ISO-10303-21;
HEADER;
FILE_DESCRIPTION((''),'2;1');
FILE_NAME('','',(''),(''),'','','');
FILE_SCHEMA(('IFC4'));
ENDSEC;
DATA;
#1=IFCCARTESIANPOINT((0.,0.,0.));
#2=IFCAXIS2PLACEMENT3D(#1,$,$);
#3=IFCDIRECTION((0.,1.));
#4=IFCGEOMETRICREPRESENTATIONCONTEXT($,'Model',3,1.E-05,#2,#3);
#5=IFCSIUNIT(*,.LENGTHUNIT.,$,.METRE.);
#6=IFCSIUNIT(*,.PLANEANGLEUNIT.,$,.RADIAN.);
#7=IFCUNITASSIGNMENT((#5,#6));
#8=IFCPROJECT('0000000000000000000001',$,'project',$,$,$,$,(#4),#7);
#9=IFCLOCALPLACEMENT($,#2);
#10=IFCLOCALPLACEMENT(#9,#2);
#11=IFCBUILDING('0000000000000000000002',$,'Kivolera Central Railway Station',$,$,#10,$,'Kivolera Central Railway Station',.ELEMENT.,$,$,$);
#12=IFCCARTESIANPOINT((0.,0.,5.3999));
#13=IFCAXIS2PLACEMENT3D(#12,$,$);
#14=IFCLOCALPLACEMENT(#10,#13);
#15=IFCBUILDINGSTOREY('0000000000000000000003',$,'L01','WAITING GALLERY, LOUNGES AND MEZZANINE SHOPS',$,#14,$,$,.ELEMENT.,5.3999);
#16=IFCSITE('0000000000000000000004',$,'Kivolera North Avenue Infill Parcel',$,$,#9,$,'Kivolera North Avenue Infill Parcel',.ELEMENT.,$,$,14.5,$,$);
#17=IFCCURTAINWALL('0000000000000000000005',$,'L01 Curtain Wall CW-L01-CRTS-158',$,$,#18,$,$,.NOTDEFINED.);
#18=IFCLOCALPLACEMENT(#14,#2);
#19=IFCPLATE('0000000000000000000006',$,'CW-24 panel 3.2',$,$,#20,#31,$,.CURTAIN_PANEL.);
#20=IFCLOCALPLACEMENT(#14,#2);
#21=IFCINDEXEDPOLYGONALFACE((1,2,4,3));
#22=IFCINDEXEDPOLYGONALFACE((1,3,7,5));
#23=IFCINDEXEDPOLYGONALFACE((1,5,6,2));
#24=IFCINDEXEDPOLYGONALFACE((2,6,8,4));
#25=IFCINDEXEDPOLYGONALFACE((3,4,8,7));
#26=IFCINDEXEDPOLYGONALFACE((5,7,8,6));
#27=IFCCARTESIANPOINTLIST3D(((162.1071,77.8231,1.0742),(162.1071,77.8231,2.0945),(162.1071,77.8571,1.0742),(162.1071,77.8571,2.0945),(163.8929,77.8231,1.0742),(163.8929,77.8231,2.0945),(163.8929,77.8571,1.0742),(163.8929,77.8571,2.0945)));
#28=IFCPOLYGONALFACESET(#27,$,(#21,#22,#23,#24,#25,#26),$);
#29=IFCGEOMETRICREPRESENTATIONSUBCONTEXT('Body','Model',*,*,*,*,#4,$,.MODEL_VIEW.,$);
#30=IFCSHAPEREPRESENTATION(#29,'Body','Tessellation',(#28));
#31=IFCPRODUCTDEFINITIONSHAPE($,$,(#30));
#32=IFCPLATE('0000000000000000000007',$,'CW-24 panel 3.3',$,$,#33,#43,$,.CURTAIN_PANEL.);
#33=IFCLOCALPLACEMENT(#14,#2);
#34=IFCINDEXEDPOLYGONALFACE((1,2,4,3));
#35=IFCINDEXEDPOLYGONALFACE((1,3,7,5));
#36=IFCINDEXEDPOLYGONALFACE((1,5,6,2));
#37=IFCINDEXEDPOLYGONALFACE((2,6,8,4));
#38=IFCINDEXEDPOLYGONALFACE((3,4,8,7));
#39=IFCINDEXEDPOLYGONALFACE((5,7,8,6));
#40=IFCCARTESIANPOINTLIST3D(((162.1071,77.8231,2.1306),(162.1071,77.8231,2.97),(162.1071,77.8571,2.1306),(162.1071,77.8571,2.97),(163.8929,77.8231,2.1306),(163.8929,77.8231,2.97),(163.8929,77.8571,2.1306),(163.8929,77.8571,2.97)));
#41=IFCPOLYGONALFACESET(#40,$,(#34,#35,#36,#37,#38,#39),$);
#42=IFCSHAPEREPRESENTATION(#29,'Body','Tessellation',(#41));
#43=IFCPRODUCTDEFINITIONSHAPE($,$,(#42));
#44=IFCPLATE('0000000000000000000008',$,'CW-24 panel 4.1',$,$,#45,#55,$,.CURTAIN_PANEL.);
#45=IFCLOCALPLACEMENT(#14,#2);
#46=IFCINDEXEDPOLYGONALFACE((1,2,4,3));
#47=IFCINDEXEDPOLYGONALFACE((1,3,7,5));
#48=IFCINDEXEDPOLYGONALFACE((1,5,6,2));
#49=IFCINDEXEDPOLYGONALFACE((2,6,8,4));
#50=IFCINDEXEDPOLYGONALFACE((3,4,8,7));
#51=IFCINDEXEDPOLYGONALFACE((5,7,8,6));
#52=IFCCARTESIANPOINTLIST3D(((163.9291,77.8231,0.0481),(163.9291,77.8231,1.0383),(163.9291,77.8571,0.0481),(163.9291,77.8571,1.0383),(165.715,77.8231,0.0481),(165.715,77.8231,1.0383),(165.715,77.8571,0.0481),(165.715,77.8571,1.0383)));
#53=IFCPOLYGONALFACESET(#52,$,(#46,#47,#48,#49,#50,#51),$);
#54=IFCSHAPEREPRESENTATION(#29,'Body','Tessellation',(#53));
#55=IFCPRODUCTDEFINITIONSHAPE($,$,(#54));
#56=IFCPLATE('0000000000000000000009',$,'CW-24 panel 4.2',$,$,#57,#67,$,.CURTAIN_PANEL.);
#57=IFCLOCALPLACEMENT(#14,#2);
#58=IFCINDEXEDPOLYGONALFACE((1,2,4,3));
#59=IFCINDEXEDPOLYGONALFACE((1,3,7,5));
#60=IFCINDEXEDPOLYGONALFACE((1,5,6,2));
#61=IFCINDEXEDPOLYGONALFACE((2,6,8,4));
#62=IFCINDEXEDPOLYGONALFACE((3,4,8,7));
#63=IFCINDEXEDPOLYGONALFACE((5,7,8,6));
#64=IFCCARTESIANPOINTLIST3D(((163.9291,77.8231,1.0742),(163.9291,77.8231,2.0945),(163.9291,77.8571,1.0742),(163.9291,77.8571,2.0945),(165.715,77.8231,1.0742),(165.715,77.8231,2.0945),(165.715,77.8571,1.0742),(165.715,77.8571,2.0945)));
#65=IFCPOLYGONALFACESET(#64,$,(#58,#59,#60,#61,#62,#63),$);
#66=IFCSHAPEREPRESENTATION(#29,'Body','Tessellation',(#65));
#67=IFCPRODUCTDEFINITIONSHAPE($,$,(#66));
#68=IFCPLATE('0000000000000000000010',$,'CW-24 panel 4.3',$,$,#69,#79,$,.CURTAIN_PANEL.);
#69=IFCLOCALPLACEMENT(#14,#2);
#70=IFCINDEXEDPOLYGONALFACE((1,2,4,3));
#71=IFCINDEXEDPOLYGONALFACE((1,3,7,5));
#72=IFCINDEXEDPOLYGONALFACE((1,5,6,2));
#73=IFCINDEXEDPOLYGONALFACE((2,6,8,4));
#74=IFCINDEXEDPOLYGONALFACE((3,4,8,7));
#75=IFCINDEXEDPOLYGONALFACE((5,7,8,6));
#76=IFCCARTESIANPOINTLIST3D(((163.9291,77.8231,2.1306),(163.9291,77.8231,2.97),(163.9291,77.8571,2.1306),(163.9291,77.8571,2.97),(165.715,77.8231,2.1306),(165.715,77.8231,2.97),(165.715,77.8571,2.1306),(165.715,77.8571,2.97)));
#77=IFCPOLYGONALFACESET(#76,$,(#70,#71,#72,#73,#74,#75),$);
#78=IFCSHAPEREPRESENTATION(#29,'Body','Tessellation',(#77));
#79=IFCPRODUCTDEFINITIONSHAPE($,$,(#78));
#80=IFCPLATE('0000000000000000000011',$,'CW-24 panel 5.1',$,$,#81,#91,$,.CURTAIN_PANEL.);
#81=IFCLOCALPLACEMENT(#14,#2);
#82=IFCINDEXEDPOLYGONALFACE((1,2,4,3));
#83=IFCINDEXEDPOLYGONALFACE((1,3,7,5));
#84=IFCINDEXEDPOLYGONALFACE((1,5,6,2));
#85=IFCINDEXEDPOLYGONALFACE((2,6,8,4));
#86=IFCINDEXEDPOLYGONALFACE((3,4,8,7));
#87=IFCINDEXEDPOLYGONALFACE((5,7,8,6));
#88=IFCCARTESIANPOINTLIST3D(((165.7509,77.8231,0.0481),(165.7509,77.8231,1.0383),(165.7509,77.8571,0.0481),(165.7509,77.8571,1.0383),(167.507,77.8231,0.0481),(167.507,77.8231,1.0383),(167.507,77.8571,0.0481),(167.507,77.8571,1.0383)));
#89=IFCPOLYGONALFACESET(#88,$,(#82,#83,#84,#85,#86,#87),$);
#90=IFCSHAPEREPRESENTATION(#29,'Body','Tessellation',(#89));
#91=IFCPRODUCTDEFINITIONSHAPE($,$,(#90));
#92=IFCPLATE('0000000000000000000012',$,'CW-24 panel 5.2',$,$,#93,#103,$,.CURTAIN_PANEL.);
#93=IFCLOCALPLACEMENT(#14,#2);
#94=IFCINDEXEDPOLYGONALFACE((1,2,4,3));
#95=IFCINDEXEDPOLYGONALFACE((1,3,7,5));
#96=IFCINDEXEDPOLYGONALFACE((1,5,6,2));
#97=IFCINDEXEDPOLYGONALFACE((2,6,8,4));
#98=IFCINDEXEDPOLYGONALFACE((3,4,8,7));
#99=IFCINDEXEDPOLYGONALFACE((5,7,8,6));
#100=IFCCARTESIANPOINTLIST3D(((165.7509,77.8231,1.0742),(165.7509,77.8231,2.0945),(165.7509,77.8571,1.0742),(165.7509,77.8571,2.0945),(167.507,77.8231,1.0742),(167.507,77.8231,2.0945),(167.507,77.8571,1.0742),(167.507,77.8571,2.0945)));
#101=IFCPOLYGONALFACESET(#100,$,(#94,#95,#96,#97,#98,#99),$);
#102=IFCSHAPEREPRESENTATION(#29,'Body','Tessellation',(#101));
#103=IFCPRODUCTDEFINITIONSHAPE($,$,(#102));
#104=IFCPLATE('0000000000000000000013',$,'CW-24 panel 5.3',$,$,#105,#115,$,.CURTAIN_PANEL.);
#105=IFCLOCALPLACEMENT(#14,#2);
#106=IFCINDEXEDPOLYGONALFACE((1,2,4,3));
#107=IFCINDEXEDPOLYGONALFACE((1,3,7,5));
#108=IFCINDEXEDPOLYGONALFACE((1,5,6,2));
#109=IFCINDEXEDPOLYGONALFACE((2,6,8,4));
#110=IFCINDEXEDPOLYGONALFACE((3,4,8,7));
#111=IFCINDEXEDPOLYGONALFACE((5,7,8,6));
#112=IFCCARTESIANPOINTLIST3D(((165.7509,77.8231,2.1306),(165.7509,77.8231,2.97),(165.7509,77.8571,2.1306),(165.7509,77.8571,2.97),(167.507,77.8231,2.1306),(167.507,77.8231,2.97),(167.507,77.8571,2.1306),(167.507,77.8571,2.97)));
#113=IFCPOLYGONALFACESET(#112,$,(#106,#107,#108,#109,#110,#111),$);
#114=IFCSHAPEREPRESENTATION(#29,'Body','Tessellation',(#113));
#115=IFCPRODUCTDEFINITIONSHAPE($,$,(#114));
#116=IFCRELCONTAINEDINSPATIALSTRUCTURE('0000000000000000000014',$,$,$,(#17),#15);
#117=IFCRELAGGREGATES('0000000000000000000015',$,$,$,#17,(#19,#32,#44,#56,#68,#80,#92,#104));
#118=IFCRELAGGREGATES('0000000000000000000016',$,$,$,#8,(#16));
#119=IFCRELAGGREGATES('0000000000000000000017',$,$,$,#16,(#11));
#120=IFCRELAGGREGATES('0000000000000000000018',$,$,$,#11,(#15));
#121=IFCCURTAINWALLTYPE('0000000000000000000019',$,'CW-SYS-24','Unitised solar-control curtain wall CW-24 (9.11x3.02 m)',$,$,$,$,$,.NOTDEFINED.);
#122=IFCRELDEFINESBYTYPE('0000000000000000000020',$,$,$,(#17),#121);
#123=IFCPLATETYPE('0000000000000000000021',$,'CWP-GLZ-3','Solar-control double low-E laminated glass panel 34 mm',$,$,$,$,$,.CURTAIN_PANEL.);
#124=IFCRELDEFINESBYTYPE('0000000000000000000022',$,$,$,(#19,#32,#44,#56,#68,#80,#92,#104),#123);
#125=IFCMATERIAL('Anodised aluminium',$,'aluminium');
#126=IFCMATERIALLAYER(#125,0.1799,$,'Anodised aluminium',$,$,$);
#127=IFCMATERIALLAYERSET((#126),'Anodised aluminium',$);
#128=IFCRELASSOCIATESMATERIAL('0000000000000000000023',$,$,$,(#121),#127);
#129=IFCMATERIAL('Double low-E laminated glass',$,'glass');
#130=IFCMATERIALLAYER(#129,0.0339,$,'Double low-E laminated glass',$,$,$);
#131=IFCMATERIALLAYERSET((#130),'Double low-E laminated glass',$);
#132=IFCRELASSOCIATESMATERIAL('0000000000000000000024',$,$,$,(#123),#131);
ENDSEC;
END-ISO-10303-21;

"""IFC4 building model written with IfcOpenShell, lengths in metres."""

from ifc_helpers import new_model, si_unit, direction, frame, origin, origin_2d, place, context, subcontext, project, spatial, rectangle, extrude, material, layer, layer_set, type_object, element, aggregate, save


model = new_model("IFC4")

# Units and contexts
model_context = context("Model", 3, precision=1e-05, world=origin(), true_north=direction((0.0, 1.0)))
body_context = subcontext(model_context, "Body", "Model", "MODEL_VIEW")
ifc_project = project(units=[si_unit("LENGTHUNIT", "METRE"), si_unit("PLANEANGLEUNIT", "RADIAN")], contexts=[model_context])

# Site, building, storey
site_placement = place(None, origin())
site = spatial("IfcSite", under=ifc_project, at=site_placement, Name="Kivolera North Avenue Infill Parcel", LongName="Kivolera North Avenue Infill Parcel", CompositionType="ELEMENT", RefElevation=14.5)
building_placement = place(site_placement, origin())
building = spatial("IfcBuilding", under=site, at=building_placement, Name="Kivolera Central Railway Station", LongName="Kivolera Central Railway Station", CompositionType="ELEMENT")
storey_placement = place(building_placement, frame((0.0, 0.0, 5.3999)))
storey = spatial("IfcBuildingStorey", under=building, at=storey_placement, Name="L01", Description="WAITING GALLERY, LOUNGES AND MEZZANINE SHOPS", CompositionType="ELEMENT", Elevation=5.3999)

# Curtain wall, plates
ifc_material_1 = material(Name="Anodised aluminium", Category="aluminium")
ifc_layer_1 = layer(ifc_material_1, 0.1799, Name="Anodised aluminium")
ifc_layer_set_1 = layer_set([ifc_layer_1], Name="Anodised aluminium")
curtain_wall_type = type_object("IfcCurtainWallType", Name="CW-SYS-24", Description="Unitised solar-control curtain wall CW-24 (9.11x3.02 m)", PredefinedType="NOTDEFINED", material=ifc_layer_set_1)
curtain_wall_placement = place(storey_placement, origin())
curtain_wall = element("IfcCurtainWall", 1, at=curtain_wall_placement, inside=storey, type_object=curtain_wall_type, Name="L01 Curtain Wall CW-L01-CRTS-158", PredefinedType="NOTDEFINED")
ifc_material_2 = material(Name="Double low-E laminated glass", Category="glass")
ifc_layer_2 = layer(ifc_material_2, 0.0339, Name="Double low-E laminated glass")
ifc_layer_set_2 = layer_set([ifc_layer_2], Name="Double low-E laminated glass")
plate_type = type_object("IfcPlateType", Name="CWP-GLZ-3", Description="Solar-control double low-E laminated glass panel 34 mm", PredefinedType="CURTAIN_PANEL", material=ifc_layer_set_2)
plate_1_placement = place(storey_placement, frame((163.0, 77.8401, 1.0742), z_axis=(0.0, 0.0, 1.0), x_axis=(1.0, 0.0, 0.0)))
plate_1 = element("IfcPlate", 2, at=plate_1_placement, type_object=plate_type, Name="CW-24 panel 3.2", PredefinedType="CURTAIN_PANEL", context=body_context, shape_type="SweptSolid", body=[
    extrude(rectangle(XDim=1.7859, YDim=0.0339, at=origin_2d()), origin(), (0.0, 0.0, 1.0), 1.0203),
])
plate_2_placement = place(storey_placement, frame((163.0, 77.8401, 2.1306), z_axis=(0.0, 0.0, 1.0), x_axis=(1.0, 0.0, 0.0)))
plate_2 = element("IfcPlate", 3, at=plate_2_placement, type_object=plate_type, Name="CW-24 panel 3.3", PredefinedType="CURTAIN_PANEL", context=body_context, shape_type="SweptSolid", body=[
    extrude(rectangle(XDim=1.7859, YDim=0.0339, at=origin_2d()), origin(), (0.0, 0.0, 1.0), 0.8394),
])
plate_3_placement = place(storey_placement, frame((164.822, 77.8401, 0.0481), z_axis=(0.0, 0.0, 1.0), x_axis=(1.0, 0.0, 0.0)))
plate_3 = element("IfcPlate", 4, at=plate_3_placement, type_object=plate_type, Name="CW-24 panel 4.1", PredefinedType="CURTAIN_PANEL", context=body_context, shape_type="SweptSolid", body=[
    extrude(rectangle(XDim=1.7859, YDim=0.0339, at=origin_2d()), origin(), (0.0, 0.0, 1.0), 0.9902),
])
plate_4_placement = place(storey_placement, frame((164.822, 77.8401, 1.0742), z_axis=(0.0, 0.0, 1.0), x_axis=(1.0, 0.0, 0.0)))
plate_4 = element("IfcPlate", 5, at=plate_4_placement, type_object=plate_type, Name="CW-24 panel 4.2", PredefinedType="CURTAIN_PANEL", context=body_context, shape_type="SweptSolid", body=[
    extrude(rectangle(XDim=1.7859, YDim=0.0339, at=origin_2d()), origin(), (0.0, 0.0, 1.0), 1.0203),
])
plate_5_placement = place(storey_placement, frame((164.822, 77.8401, 2.1306), z_axis=(0.0, 0.0, 1.0), x_axis=(1.0, 0.0, 0.0)))
plate_5 = element("IfcPlate", 6, at=plate_5_placement, type_object=plate_type, Name="CW-24 panel 4.3", PredefinedType="CURTAIN_PANEL", context=body_context, shape_type="SweptSolid", body=[
    extrude(rectangle(XDim=1.7859, YDim=0.0339, at=origin_2d()), origin(), (0.0, 0.0, 1.0), 0.8394),
])
plate_6_placement = place(storey_placement, frame((166.6289, 77.8401, 0.0481), z_axis=(0.0, 0.0, 1.0), x_axis=(1.0, 0.0, 0.0)))
plate_6 = element("IfcPlate", 7, at=plate_6_placement, type_object=plate_type, Name="CW-24 panel 5.1", PredefinedType="CURTAIN_PANEL", context=body_context, shape_type="SweptSolid", body=[
    extrude(rectangle(XDim=1.7561, YDim=0.0339, at=origin_2d()), origin(), (0.0, 0.0, 1.0), 0.9902),
])
plate_7_placement = place(storey_placement, frame((166.6289, 77.8401, 1.0742), z_axis=(0.0, 0.0, 1.0), x_axis=(1.0, 0.0, 0.0)))
plate_7 = element("IfcPlate", 8, at=plate_7_placement, type_object=plate_type, Name="CW-24 panel 5.2", PredefinedType="CURTAIN_PANEL", context=body_context, shape_type="SweptSolid", body=[
    extrude(rectangle(XDim=1.7561, YDim=0.0339, at=origin_2d()), origin(), (0.0, 0.0, 1.0), 1.0203),
])
plate_8_placement = place(storey_placement, frame((166.6289, 77.8401, 2.1306), z_axis=(0.0, 0.0, 1.0), x_axis=(1.0, 0.0, 0.0)))
plate_8 = element("IfcPlate", 9, at=plate_8_placement, type_object=plate_type, Name="CW-24 panel 5.3", PredefinedType="CURTAIN_PANEL", context=body_context, shape_type="SweptSolid", body=[
    extrude(rectangle(XDim=1.7561, YDim=0.0339, at=origin_2d()), origin(), (0.0, 0.0, 1.0), 0.8394),
])
aggregate(curtain_wall, [plate_1, plate_2, plate_3, plate_4, plate_5, plate_6, plate_7, plate_8])

save(model, "model.ifc")
